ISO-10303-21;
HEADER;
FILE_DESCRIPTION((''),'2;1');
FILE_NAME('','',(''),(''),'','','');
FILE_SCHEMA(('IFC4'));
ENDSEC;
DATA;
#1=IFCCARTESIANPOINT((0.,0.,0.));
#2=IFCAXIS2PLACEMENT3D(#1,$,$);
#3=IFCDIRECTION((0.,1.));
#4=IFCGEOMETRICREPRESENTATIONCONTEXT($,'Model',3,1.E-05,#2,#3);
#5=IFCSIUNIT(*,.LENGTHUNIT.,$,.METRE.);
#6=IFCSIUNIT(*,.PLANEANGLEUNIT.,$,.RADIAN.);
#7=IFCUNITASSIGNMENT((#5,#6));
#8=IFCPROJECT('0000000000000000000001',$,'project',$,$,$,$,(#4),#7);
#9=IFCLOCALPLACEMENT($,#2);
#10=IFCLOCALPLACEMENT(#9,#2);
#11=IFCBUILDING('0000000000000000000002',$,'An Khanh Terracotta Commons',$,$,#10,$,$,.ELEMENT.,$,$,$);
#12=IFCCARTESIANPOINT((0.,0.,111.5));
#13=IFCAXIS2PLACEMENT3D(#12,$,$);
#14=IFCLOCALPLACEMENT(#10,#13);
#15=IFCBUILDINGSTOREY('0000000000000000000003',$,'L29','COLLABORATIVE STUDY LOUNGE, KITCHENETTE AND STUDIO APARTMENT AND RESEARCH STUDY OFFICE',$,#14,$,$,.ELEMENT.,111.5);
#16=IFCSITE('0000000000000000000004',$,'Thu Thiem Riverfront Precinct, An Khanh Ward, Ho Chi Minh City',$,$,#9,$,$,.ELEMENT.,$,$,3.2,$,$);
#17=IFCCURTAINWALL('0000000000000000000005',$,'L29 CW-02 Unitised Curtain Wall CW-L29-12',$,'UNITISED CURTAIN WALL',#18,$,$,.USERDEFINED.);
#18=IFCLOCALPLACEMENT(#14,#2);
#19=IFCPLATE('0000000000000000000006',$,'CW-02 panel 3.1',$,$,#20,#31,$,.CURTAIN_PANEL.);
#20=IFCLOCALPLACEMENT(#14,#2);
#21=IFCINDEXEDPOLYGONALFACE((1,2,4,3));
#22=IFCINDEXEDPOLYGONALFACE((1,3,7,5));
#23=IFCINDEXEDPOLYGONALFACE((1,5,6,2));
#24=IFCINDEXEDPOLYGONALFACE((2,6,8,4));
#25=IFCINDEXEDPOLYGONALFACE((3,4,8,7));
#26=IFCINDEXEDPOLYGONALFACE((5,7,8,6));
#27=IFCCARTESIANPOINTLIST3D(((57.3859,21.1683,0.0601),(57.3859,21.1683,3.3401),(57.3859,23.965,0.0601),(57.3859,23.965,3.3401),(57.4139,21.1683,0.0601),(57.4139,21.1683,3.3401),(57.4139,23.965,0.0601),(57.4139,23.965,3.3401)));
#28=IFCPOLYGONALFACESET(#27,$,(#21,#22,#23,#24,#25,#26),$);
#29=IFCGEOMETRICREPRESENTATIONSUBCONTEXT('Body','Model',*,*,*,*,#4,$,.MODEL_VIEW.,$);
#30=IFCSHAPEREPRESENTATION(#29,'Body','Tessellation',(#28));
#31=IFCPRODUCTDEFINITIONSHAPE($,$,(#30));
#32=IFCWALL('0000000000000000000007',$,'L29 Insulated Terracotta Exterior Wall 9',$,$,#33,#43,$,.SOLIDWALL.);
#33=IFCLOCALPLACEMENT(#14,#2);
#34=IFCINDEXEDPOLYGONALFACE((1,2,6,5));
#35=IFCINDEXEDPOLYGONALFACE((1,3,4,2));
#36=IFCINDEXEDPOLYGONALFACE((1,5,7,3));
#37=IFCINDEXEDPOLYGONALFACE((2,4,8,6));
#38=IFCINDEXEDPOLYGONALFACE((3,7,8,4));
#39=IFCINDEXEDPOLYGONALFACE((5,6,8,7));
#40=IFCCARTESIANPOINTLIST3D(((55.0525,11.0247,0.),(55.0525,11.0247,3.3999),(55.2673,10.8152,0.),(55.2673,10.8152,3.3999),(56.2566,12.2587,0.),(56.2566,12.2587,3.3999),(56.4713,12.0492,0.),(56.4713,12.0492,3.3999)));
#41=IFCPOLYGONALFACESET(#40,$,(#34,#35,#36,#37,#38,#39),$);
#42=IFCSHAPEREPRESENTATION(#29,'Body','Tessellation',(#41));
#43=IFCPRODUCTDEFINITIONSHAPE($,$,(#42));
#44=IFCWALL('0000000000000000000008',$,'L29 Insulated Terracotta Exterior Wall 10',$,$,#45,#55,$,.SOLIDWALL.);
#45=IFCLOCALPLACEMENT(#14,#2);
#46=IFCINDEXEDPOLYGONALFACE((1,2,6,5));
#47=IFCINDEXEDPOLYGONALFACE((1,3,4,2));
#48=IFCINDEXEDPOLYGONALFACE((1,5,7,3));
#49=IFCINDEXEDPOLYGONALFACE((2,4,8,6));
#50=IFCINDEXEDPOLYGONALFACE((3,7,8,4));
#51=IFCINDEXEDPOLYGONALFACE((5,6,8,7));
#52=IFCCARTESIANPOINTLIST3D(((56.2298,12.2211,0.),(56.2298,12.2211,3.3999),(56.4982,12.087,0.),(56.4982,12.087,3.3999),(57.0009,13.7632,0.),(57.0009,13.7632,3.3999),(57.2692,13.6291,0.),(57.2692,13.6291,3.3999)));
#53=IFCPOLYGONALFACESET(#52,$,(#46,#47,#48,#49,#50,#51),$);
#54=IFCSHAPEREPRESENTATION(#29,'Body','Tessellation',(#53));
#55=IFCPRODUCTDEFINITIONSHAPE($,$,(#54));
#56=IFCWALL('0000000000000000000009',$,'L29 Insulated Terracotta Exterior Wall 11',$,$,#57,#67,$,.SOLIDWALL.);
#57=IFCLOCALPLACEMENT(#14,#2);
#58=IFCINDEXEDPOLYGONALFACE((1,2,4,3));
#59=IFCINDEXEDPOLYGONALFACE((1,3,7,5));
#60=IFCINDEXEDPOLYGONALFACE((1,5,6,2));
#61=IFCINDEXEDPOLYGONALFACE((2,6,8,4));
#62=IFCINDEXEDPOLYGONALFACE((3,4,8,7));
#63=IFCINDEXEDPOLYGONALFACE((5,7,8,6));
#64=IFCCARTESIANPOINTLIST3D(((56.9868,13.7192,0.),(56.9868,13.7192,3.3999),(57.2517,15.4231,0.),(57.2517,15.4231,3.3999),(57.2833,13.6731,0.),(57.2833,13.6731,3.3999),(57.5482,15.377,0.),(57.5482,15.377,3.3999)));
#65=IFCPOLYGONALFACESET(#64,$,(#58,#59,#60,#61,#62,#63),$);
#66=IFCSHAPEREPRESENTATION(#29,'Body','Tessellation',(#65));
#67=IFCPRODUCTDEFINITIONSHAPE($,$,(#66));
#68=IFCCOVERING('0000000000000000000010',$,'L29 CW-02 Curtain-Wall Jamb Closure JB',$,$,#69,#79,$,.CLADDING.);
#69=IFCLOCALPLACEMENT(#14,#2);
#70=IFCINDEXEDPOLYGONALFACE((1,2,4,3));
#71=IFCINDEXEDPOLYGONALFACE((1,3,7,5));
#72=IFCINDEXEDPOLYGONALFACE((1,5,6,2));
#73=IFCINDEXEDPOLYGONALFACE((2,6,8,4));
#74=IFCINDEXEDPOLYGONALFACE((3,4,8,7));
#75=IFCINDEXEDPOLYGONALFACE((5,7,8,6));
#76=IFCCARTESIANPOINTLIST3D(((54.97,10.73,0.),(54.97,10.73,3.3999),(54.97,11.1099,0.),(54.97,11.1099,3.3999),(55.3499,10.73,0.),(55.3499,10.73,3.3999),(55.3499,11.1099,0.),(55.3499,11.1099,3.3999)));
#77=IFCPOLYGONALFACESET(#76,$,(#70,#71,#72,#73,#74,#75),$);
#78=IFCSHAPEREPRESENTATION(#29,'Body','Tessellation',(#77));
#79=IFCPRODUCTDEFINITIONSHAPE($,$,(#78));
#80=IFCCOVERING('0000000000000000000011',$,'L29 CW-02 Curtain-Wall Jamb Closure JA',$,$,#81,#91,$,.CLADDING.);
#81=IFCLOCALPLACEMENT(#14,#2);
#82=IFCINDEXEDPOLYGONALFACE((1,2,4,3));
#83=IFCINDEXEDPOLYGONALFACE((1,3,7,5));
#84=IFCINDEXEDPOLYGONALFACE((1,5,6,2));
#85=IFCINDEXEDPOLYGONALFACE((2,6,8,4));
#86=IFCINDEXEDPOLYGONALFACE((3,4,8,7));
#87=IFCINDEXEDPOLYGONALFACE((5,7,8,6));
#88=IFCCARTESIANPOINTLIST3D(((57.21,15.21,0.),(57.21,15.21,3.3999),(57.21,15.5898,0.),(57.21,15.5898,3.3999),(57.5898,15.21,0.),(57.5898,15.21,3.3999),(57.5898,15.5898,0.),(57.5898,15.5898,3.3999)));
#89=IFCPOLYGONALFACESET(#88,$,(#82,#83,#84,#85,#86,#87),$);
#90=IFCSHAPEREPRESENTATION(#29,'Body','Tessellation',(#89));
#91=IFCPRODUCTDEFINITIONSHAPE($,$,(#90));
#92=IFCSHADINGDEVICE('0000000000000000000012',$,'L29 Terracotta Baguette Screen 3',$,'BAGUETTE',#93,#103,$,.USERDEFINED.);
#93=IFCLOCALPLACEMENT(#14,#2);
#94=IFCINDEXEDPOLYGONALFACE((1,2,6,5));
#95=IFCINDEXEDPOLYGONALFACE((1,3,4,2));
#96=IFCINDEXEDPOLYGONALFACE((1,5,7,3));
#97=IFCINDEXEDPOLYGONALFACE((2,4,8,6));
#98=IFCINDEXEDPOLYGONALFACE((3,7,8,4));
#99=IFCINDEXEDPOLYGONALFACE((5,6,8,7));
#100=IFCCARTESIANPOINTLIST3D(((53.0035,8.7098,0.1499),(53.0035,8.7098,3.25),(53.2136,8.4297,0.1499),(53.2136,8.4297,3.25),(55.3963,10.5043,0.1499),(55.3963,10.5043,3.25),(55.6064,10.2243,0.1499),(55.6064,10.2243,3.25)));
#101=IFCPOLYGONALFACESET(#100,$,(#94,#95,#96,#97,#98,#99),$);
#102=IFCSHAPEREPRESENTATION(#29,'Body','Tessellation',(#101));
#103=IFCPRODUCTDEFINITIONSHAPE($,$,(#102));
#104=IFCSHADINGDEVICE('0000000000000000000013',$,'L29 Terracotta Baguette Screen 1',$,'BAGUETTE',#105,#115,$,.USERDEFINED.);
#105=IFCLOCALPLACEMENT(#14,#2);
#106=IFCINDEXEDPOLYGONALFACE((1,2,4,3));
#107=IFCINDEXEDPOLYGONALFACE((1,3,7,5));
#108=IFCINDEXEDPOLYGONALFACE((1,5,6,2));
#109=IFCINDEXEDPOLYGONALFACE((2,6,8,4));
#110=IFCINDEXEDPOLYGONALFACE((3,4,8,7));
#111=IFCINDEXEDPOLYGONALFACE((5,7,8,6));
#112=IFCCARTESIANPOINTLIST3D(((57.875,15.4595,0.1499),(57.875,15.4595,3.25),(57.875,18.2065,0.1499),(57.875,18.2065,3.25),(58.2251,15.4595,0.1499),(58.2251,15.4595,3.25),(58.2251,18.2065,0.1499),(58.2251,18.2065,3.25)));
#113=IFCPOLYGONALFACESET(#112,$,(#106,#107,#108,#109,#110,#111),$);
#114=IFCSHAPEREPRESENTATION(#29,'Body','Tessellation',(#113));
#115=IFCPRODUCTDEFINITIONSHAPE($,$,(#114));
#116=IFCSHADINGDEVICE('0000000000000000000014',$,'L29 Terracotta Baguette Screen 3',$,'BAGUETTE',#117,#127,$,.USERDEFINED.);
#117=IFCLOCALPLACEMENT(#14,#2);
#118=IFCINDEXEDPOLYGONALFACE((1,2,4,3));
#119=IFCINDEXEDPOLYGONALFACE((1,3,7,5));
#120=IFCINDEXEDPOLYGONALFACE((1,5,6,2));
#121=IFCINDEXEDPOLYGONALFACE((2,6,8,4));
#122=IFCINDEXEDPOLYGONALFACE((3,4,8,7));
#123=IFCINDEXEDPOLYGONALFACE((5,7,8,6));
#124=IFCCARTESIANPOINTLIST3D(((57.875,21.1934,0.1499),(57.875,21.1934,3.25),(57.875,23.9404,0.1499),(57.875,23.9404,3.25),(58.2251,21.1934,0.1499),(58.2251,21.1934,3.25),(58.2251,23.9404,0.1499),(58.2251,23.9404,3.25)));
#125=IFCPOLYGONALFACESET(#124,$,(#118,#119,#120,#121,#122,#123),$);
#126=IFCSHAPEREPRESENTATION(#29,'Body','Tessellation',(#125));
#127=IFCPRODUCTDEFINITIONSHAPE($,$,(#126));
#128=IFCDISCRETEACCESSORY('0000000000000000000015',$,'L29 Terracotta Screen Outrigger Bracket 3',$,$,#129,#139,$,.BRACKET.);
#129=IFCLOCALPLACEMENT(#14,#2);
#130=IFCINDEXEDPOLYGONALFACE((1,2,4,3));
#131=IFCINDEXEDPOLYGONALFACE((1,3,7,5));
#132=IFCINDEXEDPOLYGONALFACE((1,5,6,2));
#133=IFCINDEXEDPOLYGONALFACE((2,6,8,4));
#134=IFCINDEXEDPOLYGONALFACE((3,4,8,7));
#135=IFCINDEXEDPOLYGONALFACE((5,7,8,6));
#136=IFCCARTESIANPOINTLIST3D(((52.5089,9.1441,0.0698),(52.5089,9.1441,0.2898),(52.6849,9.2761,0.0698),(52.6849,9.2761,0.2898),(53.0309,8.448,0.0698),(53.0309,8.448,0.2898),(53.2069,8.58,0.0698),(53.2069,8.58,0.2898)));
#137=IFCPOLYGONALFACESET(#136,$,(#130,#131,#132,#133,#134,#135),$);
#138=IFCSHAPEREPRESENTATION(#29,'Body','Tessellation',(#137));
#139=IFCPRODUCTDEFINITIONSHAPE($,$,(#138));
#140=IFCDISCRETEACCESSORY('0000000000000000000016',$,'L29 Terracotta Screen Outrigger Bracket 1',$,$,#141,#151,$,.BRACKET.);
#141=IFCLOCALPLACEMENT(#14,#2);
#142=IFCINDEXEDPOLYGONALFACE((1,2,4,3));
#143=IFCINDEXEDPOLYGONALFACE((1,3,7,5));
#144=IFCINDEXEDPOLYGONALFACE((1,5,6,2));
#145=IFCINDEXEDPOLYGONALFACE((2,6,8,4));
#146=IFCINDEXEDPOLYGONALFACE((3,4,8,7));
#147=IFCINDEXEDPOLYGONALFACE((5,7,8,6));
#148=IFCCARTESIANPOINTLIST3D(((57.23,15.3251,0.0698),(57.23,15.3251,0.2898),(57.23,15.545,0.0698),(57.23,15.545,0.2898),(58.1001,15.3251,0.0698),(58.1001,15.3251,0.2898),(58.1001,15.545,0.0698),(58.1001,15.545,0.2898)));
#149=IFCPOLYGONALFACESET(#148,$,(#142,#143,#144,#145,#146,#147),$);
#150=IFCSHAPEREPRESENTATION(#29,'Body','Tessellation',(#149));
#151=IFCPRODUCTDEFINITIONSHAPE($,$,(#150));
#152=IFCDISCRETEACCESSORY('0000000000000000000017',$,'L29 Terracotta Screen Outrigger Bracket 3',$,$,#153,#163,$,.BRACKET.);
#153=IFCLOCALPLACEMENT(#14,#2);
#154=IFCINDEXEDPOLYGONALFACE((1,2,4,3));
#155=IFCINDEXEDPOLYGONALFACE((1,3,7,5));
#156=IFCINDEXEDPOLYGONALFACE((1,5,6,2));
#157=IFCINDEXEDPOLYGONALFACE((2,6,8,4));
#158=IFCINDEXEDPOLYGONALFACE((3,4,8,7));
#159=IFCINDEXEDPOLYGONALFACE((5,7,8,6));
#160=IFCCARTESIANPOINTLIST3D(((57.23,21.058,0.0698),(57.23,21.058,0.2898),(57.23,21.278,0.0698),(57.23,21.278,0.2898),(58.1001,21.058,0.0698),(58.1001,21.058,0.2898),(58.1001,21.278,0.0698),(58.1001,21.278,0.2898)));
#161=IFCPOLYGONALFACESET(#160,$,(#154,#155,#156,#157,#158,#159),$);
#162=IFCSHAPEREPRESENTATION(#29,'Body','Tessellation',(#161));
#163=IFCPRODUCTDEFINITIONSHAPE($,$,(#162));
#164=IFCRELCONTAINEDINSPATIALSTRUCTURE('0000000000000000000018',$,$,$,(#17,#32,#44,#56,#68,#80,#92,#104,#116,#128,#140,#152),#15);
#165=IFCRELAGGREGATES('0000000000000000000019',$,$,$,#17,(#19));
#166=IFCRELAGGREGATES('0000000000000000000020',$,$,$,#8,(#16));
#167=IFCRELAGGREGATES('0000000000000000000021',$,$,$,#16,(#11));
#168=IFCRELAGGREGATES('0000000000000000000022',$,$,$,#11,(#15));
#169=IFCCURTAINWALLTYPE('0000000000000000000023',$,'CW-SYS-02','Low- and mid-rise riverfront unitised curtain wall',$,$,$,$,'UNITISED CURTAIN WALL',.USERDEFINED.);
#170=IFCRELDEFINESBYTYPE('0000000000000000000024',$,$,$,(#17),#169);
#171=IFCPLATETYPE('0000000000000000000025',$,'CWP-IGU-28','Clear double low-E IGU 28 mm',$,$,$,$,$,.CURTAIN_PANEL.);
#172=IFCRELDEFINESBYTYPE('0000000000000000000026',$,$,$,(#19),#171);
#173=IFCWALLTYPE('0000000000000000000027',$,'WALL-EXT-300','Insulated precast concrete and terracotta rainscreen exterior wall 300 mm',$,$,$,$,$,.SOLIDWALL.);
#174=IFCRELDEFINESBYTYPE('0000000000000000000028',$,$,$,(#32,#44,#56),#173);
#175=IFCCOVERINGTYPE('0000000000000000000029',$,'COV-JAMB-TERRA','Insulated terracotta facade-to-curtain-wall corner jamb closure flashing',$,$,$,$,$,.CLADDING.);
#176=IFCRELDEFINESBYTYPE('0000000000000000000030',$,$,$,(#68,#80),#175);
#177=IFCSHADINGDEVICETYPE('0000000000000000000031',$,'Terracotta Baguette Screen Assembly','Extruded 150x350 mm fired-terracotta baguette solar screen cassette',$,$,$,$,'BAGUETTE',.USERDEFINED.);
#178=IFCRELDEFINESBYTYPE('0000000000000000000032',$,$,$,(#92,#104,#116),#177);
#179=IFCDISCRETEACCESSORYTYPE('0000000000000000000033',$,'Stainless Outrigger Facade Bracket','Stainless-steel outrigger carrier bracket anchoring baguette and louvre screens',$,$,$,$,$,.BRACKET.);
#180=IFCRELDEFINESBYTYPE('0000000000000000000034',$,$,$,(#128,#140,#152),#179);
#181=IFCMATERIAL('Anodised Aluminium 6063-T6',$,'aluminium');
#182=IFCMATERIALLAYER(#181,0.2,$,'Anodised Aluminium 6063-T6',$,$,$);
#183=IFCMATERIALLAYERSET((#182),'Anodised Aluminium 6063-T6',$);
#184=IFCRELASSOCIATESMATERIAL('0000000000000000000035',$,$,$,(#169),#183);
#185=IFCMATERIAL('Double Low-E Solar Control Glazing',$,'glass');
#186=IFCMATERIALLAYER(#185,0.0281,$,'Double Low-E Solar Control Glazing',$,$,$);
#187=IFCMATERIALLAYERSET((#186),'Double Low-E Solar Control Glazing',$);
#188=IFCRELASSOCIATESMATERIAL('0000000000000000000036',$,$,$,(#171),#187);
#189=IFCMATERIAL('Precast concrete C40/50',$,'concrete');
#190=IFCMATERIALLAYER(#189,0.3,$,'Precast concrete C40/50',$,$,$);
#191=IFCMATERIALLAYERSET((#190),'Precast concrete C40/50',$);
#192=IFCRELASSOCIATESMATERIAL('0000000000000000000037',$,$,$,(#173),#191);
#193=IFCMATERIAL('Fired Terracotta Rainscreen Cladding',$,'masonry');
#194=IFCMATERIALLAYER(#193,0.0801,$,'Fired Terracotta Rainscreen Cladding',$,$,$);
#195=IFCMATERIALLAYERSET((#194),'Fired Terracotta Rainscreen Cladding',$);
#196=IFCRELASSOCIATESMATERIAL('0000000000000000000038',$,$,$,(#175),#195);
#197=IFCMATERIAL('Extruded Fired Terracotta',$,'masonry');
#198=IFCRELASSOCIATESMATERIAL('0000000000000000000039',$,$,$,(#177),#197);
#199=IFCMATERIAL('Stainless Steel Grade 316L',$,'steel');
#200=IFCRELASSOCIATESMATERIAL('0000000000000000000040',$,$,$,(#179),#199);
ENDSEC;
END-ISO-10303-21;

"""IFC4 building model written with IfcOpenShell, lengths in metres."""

from ifc_helpers import new_model, si_unit, direction, frame, frame_2d, origin, origin_2d, place, context, subcontext, project, spatial, rectangle, extrude, material, layer, layer_set, type_object, element, aggregate, save


model = new_model("IFC4")

# Units and contexts
model_context = context("Model", 3, precision=1e-05, world=origin(), true_north=direction((0.0, 1.0)))
body_context = subcontext(model_context, "Body", "Model", "MODEL_VIEW")
ifc_project = project(units=[si_unit("LENGTHUNIT", "METRE"), si_unit("PLANEANGLEUNIT", "RADIAN")], contexts=[model_context])

# Site, building, storey
site_placement = place(None, origin())
site = spatial("IfcSite", under=ifc_project, at=site_placement, Name="Thu Thiem Riverfront Precinct, An Khanh Ward, Ho Chi Minh City", CompositionType="ELEMENT", RefElevation=3.2)
building_placement = place(site_placement, origin())
building = spatial("IfcBuilding", under=site, at=building_placement, Name="An Khanh Terracotta Commons", CompositionType="ELEMENT")
storey_placement = place(building_placement, frame((0.0, 0.0, 111.5)))
storey = spatial("IfcBuildingStorey", under=building, at=storey_placement, Name="L29", Description="COLLABORATIVE STUDY LOUNGE, KITCHENETTE AND STUDIO APARTMENT AND RESEARCH STUDY OFFICE", CompositionType="ELEMENT", Elevation=111.5)

# Curtain wall
ifc_material_1 = material(Name="Anodised Aluminium 6063-T6", Category="aluminium")
ifc_layer_1 = layer(ifc_material_1, 0.2, Name="Anodised Aluminium 6063-T6")
ifc_layer_set_1 = layer_set([ifc_layer_1], Name="Anodised Aluminium 6063-T6")
curtain_wall_type = type_object("IfcCurtainWallType", Name="CW-SYS-02", Description="Low- and mid-rise riverfront unitised curtain wall", ElementType="UNITISED CURTAIN WALL", PredefinedType="USERDEFINED", material=ifc_layer_set_1)
curtain_wall_1_placement = place(storey_placement, origin())
curtain_wall_1 = element("IfcCurtainWall", 1, at=curtain_wall_1_placement, inside=storey, type_object=curtain_wall_type, Name="L29 CW-02 Unitised Curtain Wall CW-L29-12", ObjectType="UNITISED CURTAIN WALL", PredefinedType="USERDEFINED")

# Plate
ifc_material_2 = material(Name="Double Low-E Solar Control Glazing", Category="glass")
ifc_layer_2 = layer(ifc_material_2, 0.0281, Name="Double Low-E Solar Control Glazing")
ifc_layer_set_2 = layer_set([ifc_layer_2], Name="Double Low-E Solar Control Glazing")
plate_type = type_object("IfcPlateType", Name="CWP-IGU-28", Description="Clear double low-E IGU 28 mm", PredefinedType="CURTAIN_PANEL", material=ifc_layer_set_2)
plate_1_placement = place(storey_placement, frame((57.3999, 22.5667, 0.0601), z_axis=(0.0, 0.0, 1.0), x_axis=(0.0, 1.0, 0.0)))
plate_1 = element("IfcPlate", 2, at=plate_1_placement, type_object=plate_type, Name="CW-02 panel 3.1", PredefinedType="CURTAIN_PANEL", context=body_context, shape_type="SweptSolid", body=[
    extrude(rectangle(XDim=2.7966, YDim=0.0281, at=origin_2d()), origin(), (0.0, 0.0, 1.0), 3.28),
])
aggregate(curtain_wall_1, [plate_1])

# Walls
ifc_material_3 = material(Name="Precast concrete C40/50", Category="concrete")
ifc_layer_3 = layer(ifc_material_3, 0.3, Name="Precast concrete C40/50")
ifc_layer_set_3 = layer_set([ifc_layer_3], Name="Precast concrete C40/50")
wall_type = type_object("IfcWallType", Name="WALL-EXT-300", Description="Insulated precast concrete and terracotta rainscreen exterior wall 300 mm", PredefinedType="SOLIDWALL", material=ifc_layer_set_3)
for number, where, z_axis, x_axis, name in (
    (3, (55.1599, 10.9199, 0.0), (0.0, 0.0, 1.0), (0.698345, 0.715761, 0.0), "L29 Insulated Terracotta Exterior Wall 9"),
    (4, (56.364, 12.1541, 0.0), (0.0, 0.0, 1.0), (0.447214, 0.894427, 0.0), "L29 Insulated Terracotta Exterior Wall 10"),
):
    element("IfcWall", number, at=place(storey_placement, frame(where, z_axis=z_axis, x_axis=x_axis)), inside=storey, type_object=wall_type, Name=name, PredefinedType="SOLIDWALL", context=body_context, shape_type="SweptSolid", body=[
        extrude(rectangle(XDim=1.7241, YDim=0.3, at=frame_2d((0.8621, 0.0))), origin(), (0.0, 0.0, 1.0), 3.3999),
    ])
wall_placement = place(storey_placement, frame((57.135, 13.696, 0.0), z_axis=(0.0, 0.0, 1.0), x_axis=(0.153621, 0.98813, 0.0)))
element("IfcWall", 5, at=wall_placement, inside=storey, type_object=wall_type, Name="L29 Insulated Terracotta Exterior Wall 11", PredefinedType="SOLIDWALL", context=body_context, shape_type="SweptSolid", body=[
    extrude(rectangle(XDim=1.7244, YDim=0.3, at=frame_2d((0.8623, 0.0))), origin(), (0.0, 0.0, 1.0), 3.3999),
])

# Coverings
ifc_material_4 = material(Name="Fired Terracotta Rainscreen Cladding", Category="masonry")
ifc_layer_4 = layer(ifc_material_4, 0.0801, Name="Fired Terracotta Rainscreen Cladding")
ifc_layer_set_4 = layer_set([ifc_layer_4], Name="Fired Terracotta Rainscreen Cladding")
covering_type = type_object("IfcCoveringType", Name="COV-JAMB-TERRA", Description="Insulated terracotta facade-to-curtain-wall corner jamb closure flashing", PredefinedType="CLADDING", material=ifc_layer_set_4)
for number, where, z_axis, x_axis, name in (
    (6, (55.1599, 10.9199, 0.0), (0.0, 0.0, 1.0), (1.0, 0.0, 0.0), "L29 CW-02 Curtain-Wall Jamb Closure JB"),
    (7, (57.3999, 15.3999, 0.0), (0.0, 0.0, 1.0), (1.0, 0.0, 0.0), "L29 CW-02 Curtain-Wall Jamb Closure JA"),
):
    element("IfcCovering", number, at=place(storey_placement, frame(where, z_axis=z_axis, x_axis=x_axis)), inside=storey, type_object=covering_type, Name=name, PredefinedType="CLADDING", context=body_context, shape_type="SweptSolid", body=[
        extrude(rectangle(XDim=0.3799, YDim=0.3799, at=origin_2d()), origin(), (0.0, 0.0, 1.0), 3.3999),
    ])

# Shading devices
ifc_material_5 = material(Name="Extruded Fired Terracotta", Category="masonry")
shading_device_type = type_object("IfcShadingDeviceType", Name="Terracotta Baguette Screen Assembly", Description="Extruded 150x350 mm fired-terracotta baguette solar screen cassette", ElementType="BAGUETTE", PredefinedType="USERDEFINED", material=ifc_material_5)
shading_device_placement = place(storey_placement, frame((54.3049, 9.467, 0.1499), z_axis=(0.0, 0.0, 1.0), x_axis=(0.800013, 0.599983, 0.0)))
element("IfcShadingDevice", 8, at=shading_device_placement, inside=storey, type_object=shading_device_type, Name="L29 Terracotta Baguette Screen 3", ObjectType="BAGUETTE", PredefinedType="USERDEFINED", context=body_context, shape_type="SweptSolid", body=[
    extrude(rectangle(XDim=2.991, YDim=0.3501, at=origin_2d()), origin(), (0.0, 0.0, 1.0), 3.1001),
])
for number, where, z_axis, x_axis, name in (
    (9, (58.05, 16.833, 0.1499), (0.0, 0.0, 1.0), (0.0, 1.0, 0.0), "L29 Terracotta Baguette Screen 1"),
    (10, (58.05, 22.5669, 0.1499), (0.0, 0.0, 1.0), (0.0, 1.0, 0.0), "L29 Terracotta Baguette Screen 3"),
):
    element("IfcShadingDevice", number, at=place(storey_placement, frame(where, z_axis=z_axis, x_axis=x_axis)), inside=storey, type_object=shading_device_type, Name=name, ObjectType="BAGUETTE", PredefinedType="USERDEFINED", context=body_context, shape_type="SweptSolid", body=[
        extrude(rectangle(XDim=2.7471, YDim=0.3501, at=origin_2d()), origin(), (0.0, 0.0, 1.0), 3.1001),
    ])

# Discrete accessories
ifc_material_6 = material(Name="Stainless Steel Grade 316L", Category="steel")
discrete_accessory_type = type_object("IfcDiscreteAccessoryType", Name="Stainless Outrigger Facade Bracket", Description="Stainless-steel outrigger carrier bracket anchoring baguette and louvre screens", PredefinedType="BRACKET", material=ifc_material_6)
for number, where, z_axis, x_axis, name in (
    (11, (52.8579, 8.8621, 0.0698), (0.0, 0.0, 1.0), (0.800013, 0.599983, 0.0), "L29 Terracotta Screen Outrigger Bracket 3"),
    (12, (57.665, 15.4351, 0.0698), (0.0, 0.0, 1.0), (0.0, 1.0, 0.0), "L29 Terracotta Screen Outrigger Bracket 1"),
    (13, (57.665, 21.168, 0.0698), (0.0, 0.0, 1.0), (0.0, 1.0, 0.0), "L29 Terracotta Screen Outrigger Bracket 3"),
):
    element("IfcDiscreteAccessory", number, at=place(storey_placement, frame(where, z_axis=z_axis, x_axis=x_axis)), inside=storey, type_object=discrete_accessory_type, Name=name, PredefinedType="BRACKET", context=body_context, shape_type="SweptSolid", body=[
        extrude(rectangle(XDim=0.22, YDim=0.8701, at=origin_2d()), origin(), (0.0, 0.0, 1.0), 0.22),
    ])

save(model, "model.ifc")
